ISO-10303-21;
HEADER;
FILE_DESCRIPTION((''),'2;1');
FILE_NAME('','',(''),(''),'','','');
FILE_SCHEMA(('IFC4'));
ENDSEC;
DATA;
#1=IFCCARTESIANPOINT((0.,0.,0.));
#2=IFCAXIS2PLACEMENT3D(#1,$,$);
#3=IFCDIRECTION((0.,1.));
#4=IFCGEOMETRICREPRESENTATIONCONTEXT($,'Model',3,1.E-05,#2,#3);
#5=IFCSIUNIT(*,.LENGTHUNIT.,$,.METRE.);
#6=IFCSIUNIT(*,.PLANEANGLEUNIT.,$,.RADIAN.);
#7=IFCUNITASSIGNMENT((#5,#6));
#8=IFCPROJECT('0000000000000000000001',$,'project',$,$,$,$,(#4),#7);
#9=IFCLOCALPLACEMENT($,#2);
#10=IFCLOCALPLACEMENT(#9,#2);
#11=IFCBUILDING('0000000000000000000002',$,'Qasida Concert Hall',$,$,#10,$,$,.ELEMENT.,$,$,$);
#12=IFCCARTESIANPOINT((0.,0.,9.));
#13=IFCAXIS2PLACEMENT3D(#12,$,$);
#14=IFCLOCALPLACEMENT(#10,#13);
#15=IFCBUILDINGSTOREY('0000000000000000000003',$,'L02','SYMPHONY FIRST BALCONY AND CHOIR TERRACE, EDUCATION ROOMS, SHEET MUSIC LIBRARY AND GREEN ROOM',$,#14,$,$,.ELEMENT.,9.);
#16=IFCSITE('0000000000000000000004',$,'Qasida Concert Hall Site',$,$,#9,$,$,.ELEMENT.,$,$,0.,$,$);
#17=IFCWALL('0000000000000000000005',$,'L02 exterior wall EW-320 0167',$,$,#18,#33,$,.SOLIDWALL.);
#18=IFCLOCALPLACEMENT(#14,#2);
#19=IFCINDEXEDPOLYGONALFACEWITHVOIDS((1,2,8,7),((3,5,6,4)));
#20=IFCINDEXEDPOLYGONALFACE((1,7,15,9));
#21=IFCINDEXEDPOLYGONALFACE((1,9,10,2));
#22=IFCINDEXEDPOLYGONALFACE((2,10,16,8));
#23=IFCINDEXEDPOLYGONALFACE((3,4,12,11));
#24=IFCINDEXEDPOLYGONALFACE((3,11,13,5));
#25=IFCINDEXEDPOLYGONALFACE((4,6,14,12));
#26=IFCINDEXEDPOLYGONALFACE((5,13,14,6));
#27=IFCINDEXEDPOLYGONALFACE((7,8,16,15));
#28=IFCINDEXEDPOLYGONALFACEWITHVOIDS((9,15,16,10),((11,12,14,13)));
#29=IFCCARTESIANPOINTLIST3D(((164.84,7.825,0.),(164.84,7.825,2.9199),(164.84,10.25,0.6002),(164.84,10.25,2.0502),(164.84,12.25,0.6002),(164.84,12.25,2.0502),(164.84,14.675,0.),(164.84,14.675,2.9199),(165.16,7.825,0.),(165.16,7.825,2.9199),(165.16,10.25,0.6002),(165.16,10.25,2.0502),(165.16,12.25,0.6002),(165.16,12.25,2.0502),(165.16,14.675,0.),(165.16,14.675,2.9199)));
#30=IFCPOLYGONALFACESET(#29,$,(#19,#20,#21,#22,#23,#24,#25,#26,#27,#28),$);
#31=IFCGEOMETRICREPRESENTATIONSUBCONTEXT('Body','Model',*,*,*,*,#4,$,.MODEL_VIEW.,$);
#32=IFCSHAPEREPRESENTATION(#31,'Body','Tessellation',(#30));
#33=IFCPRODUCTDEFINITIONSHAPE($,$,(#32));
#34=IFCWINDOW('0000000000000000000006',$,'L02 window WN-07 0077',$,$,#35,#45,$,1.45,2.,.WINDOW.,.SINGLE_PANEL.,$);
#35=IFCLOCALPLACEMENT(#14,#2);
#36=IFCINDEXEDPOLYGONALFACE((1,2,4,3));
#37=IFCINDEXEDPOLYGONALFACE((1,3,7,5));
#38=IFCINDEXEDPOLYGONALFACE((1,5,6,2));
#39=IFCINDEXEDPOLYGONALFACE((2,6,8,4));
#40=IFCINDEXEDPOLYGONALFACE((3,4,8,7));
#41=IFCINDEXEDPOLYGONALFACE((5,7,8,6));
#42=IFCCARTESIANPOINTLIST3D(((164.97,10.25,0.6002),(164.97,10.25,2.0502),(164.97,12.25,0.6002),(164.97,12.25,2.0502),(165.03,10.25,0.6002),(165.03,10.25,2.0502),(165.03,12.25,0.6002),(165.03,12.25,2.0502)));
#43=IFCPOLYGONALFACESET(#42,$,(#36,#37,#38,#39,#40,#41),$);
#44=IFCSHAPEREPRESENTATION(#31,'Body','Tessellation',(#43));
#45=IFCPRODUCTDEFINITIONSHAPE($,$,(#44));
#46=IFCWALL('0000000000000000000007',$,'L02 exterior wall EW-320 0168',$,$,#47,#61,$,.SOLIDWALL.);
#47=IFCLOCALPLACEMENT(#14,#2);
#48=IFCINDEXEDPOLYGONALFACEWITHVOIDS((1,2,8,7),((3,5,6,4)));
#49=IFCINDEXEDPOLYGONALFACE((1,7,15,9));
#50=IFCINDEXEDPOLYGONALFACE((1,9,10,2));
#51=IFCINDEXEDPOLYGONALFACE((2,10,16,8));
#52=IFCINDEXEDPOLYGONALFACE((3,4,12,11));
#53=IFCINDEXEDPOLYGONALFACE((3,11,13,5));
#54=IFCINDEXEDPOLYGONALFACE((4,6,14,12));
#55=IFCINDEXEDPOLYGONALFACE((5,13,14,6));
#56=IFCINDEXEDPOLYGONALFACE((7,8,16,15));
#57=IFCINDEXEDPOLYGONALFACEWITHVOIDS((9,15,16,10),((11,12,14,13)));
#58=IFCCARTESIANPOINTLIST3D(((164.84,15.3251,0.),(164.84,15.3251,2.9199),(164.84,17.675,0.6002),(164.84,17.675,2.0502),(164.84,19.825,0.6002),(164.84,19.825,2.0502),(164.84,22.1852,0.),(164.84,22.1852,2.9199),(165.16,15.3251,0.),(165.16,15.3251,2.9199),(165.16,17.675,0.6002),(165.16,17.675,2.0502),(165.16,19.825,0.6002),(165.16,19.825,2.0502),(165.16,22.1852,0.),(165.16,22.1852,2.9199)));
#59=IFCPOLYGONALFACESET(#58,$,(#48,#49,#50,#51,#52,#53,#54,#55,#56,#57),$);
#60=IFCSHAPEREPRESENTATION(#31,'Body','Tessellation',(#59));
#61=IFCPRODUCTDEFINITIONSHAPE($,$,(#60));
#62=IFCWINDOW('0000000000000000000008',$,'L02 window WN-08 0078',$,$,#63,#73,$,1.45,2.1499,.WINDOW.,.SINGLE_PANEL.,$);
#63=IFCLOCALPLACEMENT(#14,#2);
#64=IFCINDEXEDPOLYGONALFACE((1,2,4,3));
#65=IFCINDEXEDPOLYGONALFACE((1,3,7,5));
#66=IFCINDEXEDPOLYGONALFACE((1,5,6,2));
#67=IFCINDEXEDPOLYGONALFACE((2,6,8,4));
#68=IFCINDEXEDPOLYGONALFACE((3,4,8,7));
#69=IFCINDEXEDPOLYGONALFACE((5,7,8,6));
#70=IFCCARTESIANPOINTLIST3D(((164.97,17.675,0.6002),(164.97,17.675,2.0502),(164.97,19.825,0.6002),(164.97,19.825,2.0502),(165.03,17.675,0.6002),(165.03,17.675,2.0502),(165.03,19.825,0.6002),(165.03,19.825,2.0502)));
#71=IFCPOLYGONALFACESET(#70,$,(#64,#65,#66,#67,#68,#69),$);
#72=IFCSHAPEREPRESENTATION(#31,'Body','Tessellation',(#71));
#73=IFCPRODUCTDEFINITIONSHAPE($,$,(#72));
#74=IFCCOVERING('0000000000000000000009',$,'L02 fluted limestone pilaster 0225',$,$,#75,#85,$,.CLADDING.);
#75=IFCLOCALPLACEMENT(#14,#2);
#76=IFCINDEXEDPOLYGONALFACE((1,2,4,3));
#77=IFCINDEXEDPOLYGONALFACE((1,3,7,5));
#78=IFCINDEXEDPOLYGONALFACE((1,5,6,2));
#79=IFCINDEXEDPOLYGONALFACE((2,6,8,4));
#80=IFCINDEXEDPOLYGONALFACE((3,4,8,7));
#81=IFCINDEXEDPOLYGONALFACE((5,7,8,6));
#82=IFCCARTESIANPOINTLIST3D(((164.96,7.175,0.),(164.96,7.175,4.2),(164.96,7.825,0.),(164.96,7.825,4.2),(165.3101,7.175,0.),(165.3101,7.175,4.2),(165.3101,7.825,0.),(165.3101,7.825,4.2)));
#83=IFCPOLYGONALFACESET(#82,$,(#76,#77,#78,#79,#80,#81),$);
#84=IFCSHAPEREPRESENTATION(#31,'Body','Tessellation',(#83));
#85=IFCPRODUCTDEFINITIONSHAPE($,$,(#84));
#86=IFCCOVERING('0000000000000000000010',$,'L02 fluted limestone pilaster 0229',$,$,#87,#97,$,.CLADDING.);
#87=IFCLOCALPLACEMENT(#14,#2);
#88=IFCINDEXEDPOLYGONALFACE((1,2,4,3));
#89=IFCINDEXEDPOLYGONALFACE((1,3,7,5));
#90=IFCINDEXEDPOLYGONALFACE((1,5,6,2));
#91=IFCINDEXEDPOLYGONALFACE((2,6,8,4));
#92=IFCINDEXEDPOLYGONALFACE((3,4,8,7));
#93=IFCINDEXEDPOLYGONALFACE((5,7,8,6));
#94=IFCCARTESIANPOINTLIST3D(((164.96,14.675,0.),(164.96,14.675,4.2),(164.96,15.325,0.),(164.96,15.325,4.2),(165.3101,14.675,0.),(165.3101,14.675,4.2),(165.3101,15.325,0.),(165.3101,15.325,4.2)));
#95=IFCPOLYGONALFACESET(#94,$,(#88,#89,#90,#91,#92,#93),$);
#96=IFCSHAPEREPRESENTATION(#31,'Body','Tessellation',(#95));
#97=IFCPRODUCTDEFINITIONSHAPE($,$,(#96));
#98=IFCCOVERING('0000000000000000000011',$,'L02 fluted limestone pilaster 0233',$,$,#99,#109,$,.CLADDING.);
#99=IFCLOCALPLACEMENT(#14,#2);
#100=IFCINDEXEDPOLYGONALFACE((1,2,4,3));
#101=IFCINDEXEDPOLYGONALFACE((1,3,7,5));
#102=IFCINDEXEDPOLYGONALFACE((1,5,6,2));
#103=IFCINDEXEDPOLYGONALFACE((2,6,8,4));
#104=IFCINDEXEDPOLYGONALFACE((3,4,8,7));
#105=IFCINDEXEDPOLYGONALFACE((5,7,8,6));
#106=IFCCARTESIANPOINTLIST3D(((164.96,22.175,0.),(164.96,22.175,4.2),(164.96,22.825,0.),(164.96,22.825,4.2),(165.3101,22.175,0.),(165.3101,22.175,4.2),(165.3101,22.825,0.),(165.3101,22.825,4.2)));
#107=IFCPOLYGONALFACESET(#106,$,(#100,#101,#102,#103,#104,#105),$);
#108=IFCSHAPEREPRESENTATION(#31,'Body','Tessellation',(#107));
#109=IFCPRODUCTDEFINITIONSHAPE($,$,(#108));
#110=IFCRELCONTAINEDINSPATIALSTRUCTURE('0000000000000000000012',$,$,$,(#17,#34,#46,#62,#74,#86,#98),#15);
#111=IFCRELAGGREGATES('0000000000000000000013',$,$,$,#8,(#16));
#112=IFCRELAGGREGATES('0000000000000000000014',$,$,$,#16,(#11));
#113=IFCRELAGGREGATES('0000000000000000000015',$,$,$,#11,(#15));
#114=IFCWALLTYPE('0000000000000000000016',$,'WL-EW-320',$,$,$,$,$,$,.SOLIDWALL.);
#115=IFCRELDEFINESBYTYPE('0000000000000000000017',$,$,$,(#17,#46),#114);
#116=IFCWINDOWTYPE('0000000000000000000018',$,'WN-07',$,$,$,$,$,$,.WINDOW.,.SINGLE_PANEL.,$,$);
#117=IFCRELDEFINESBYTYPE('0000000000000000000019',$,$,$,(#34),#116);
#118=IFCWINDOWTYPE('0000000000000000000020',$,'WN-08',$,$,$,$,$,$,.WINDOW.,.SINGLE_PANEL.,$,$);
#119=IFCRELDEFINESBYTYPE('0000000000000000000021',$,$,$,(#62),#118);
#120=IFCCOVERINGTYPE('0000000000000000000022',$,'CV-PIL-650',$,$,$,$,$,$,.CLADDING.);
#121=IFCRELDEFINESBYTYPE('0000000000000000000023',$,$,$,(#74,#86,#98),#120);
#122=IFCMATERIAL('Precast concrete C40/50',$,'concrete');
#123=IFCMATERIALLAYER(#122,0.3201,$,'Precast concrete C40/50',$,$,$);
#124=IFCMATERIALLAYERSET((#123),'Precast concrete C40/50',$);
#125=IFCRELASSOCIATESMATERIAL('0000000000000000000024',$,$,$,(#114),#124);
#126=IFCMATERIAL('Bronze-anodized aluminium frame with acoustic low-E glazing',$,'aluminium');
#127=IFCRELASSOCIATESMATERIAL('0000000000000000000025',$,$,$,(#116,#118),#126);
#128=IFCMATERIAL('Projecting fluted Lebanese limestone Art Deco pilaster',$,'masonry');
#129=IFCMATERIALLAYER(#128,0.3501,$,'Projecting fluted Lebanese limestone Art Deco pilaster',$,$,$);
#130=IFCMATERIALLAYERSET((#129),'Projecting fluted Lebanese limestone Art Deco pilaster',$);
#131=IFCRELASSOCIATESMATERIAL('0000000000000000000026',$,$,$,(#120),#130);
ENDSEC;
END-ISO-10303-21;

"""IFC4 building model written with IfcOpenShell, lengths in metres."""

from ifc_helpers import new_model, si_unit, direction, frame, frame_2d, origin, origin_2d, place, context, subcontext, project, spatial, rectangle, extrude, material, layer, layer_set, type_object, element, fill, save


model = new_model("IFC4")

# Units and contexts
model_context = context("Model", 3, precision=1e-05, world=origin(), true_north=direction((0.0, 1.0)))
body_context = subcontext(model_context, "Body", "Model", "MODEL_VIEW")
ifc_project = project(units=[si_unit("LENGTHUNIT", "METRE"), si_unit("PLANEANGLEUNIT", "RADIAN")], contexts=[model_context])

# Site, building, storey
site_placement = place(None, origin())
site = spatial("IfcSite", under=ifc_project, at=site_placement, Name="Qasida Concert Hall Site", CompositionType="ELEMENT", RefElevation=0.0)
building_placement = place(site_placement, origin())
building = spatial("IfcBuilding", under=site, at=building_placement, Name="Qasida Concert Hall", CompositionType="ELEMENT")
storey_placement = place(building_placement, frame((0.0, 0.0, 9.0)))
storey = spatial("IfcBuildingStorey", under=building, at=storey_placement, Name="L02", Description="SYMPHONY FIRST BALCONY AND CHOIR TERRACE, EDUCATION ROOMS, SHEET MUSIC LIBRARY AND GREEN ROOM", CompositionType="ELEMENT", Elevation=9.0)

# Walls, openings, windows
ifc_material_1 = material(Name="Precast concrete C40/50", Category="concrete")
ifc_layer_1 = layer(ifc_material_1, 0.3201, Name="Precast concrete C40/50")
ifc_layer_set_1 = layer_set([ifc_layer_1], Name="Precast concrete C40/50")
wall_type_1 = type_object("IfcWallType", Name="WL-EW-320", PredefinedType="SOLIDWALL", material=ifc_layer_set_1)
wall_1_placement = place(storey_placement, frame((165.0, 7.825, 0.0), z_axis=(0.0, 0.0, 1.0), x_axis=(0.0, 1.0, 0.0)))
wall_1 = element("IfcWall", 1, at=wall_1_placement, inside=storey, type_object=wall_type_1, Name="L02 exterior wall EW-320 0167", PredefinedType="SOLIDWALL", context=body_context, shape_type="SweptSolid", body=[
    extrude(rectangle(XDim=6.8501, YDim=0.3201, at=frame_2d((3.425, 0.0))), origin(), (0.0, 0.0, 1.0), 2.9199),
])
opening_1_placement = place(wall_1_placement, frame((2.425, 0.0, 0.6001)))
opening_1 = element("IfcOpeningElement", 2, at=opening_1_placement, cuts=wall_1, PredefinedType="OPENING", context=body_context, shape_type="SweptSolid", body=[
    extrude(rectangle(XDim=2.0, YDim=1.45, at=frame_2d((1.0, 0.7251))), frame((0.0, 0.1699, 0.0), z_axis=(0.0, -1.0, 0.0), x_axis=(1.0, 0.0, 0.0)), (0.0, 0.0, 1.0), 0.3401),
])
ifc_material_2 = material(Name="Bronze-anodized aluminium frame with acoustic low-E glazing", Category="aluminium")
window_type_1 = type_object("IfcWindowType", Name="WN-07", PartitioningType="SINGLE_PANEL", PredefinedType="WINDOW", material=ifc_material_2)
window_1_placement = place(opening_1_placement, origin())
window_1 = element("IfcWindow", 3, at=window_1_placement, inside=storey, type_object=window_type_1, Name="L02 window WN-07 0077", OverallHeight=1.45, OverallWidth=2.0, PartitioningType="SINGLE_PANEL", PredefinedType="WINDOW", context=body_context, shape_type="SweptSolid", body=[
    extrude(rectangle(XDim=2.0, YDim=1.45, at=frame_2d((1.0, 0.7251))), frame((0.0, 0.03, 0.0), z_axis=(0.0, -1.0, 0.0), x_axis=(1.0, 0.0, 0.0)), (0.0, 0.0, 1.0), 0.0601),
])
fill(opening_1, window_1)
wall_2_placement = place(storey_placement, frame((165.0, 15.325, 0.0), z_axis=(0.0, 0.0, 1.0), x_axis=(0.0, 1.0, 0.0)))
wall_2 = element("IfcWall", 4, at=wall_2_placement, inside=storey, type_object=wall_type_1, Name="L02 exterior wall EW-320 0168", PredefinedType="SOLIDWALL", context=body_context, shape_type="SweptSolid", body=[
    extrude(rectangle(XDim=6.8601, YDim=0.3201, at=frame_2d((3.4302, 0.0))), origin(), (0.0, 0.0, 1.0), 2.9199),
])
opening_2_placement = place(wall_2_placement, frame((2.3501, 0.0, 0.6001)))
opening_2 = element("IfcOpeningElement", 5, at=opening_2_placement, cuts=wall_2, PredefinedType="OPENING", context=body_context, shape_type="SweptSolid", body=[
    extrude(rectangle(XDim=2.1499, YDim=1.45, at=frame_2d((1.075, 0.7251))), frame((0.0, 0.1699, 0.0), z_axis=(0.0, -1.0, 0.0), x_axis=(1.0, 0.0, 0.0)), (0.0, 0.0, 1.0), 0.3401),
])
window_type_2 = type_object("IfcWindowType", Name="WN-08", PartitioningType="SINGLE_PANEL", PredefinedType="WINDOW", material=ifc_material_2)
window_2_placement = place(opening_2_placement, origin())
window_2 = element("IfcWindow", 6, at=window_2_placement, inside=storey, type_object=window_type_2, Name="L02 window WN-08 0078", OverallHeight=1.45, OverallWidth=2.1499, PartitioningType="SINGLE_PANEL", PredefinedType="WINDOW", context=body_context, shape_type="SweptSolid", body=[
    extrude(rectangle(XDim=2.1499, YDim=1.45, at=frame_2d((1.075, 0.7251))), frame((0.0, 0.03, 0.0), z_axis=(0.0, -1.0, 0.0), x_axis=(1.0, 0.0, 0.0)), (0.0, 0.0, 1.0), 0.0601),
])
fill(opening_2, window_2)

# Coverings
ifc_material_3 = material(Name="Projecting fluted Lebanese limestone Art Deco pilaster", Category="masonry")
ifc_layer_2 = layer(ifc_material_3, 0.3501, Name="Projecting fluted Lebanese limestone Art Deco pilaster")
ifc_layer_set_2 = layer_set([ifc_layer_2], Name="Projecting fluted Lebanese limestone Art Deco pilaster")
covering_type = type_object("IfcCoveringType", Name="CV-PIL-650", PredefinedType="CLADDING", material=ifc_layer_set_2)
for number, where, z_axis, x_axis, name in (
    (7, (165.135, 7.5, 0.0), (0.0, 0.0, 1.0), (1.0, 0.0, 0.0), "L02 fluted limestone pilaster 0225"),
    (8, (165.135, 15.0, 0.0), (0.0, 0.0, 1.0), (1.0, 0.0, 0.0), "L02 fluted limestone pilaster 0229"),
    (9, (165.135, 22.5, 0.0), (0.0, 0.0, 1.0), (1.0, 0.0, 0.0), "L02 fluted limestone pilaster 0233"),
):
    element("IfcCovering", number, at=place(storey_placement, frame(where, z_axis=z_axis, x_axis=x_axis)), inside=storey, type_object=covering_type, Name=name, PredefinedType="CLADDING", context=body_context, shape_type="SweptSolid", body=[
        extrude(rectangle(XDim=0.3501, YDim=0.6499, at=origin_2d()), origin(), (0.0, 0.0, 1.0), 4.2),
    ])

save(model, "model.ifc")
